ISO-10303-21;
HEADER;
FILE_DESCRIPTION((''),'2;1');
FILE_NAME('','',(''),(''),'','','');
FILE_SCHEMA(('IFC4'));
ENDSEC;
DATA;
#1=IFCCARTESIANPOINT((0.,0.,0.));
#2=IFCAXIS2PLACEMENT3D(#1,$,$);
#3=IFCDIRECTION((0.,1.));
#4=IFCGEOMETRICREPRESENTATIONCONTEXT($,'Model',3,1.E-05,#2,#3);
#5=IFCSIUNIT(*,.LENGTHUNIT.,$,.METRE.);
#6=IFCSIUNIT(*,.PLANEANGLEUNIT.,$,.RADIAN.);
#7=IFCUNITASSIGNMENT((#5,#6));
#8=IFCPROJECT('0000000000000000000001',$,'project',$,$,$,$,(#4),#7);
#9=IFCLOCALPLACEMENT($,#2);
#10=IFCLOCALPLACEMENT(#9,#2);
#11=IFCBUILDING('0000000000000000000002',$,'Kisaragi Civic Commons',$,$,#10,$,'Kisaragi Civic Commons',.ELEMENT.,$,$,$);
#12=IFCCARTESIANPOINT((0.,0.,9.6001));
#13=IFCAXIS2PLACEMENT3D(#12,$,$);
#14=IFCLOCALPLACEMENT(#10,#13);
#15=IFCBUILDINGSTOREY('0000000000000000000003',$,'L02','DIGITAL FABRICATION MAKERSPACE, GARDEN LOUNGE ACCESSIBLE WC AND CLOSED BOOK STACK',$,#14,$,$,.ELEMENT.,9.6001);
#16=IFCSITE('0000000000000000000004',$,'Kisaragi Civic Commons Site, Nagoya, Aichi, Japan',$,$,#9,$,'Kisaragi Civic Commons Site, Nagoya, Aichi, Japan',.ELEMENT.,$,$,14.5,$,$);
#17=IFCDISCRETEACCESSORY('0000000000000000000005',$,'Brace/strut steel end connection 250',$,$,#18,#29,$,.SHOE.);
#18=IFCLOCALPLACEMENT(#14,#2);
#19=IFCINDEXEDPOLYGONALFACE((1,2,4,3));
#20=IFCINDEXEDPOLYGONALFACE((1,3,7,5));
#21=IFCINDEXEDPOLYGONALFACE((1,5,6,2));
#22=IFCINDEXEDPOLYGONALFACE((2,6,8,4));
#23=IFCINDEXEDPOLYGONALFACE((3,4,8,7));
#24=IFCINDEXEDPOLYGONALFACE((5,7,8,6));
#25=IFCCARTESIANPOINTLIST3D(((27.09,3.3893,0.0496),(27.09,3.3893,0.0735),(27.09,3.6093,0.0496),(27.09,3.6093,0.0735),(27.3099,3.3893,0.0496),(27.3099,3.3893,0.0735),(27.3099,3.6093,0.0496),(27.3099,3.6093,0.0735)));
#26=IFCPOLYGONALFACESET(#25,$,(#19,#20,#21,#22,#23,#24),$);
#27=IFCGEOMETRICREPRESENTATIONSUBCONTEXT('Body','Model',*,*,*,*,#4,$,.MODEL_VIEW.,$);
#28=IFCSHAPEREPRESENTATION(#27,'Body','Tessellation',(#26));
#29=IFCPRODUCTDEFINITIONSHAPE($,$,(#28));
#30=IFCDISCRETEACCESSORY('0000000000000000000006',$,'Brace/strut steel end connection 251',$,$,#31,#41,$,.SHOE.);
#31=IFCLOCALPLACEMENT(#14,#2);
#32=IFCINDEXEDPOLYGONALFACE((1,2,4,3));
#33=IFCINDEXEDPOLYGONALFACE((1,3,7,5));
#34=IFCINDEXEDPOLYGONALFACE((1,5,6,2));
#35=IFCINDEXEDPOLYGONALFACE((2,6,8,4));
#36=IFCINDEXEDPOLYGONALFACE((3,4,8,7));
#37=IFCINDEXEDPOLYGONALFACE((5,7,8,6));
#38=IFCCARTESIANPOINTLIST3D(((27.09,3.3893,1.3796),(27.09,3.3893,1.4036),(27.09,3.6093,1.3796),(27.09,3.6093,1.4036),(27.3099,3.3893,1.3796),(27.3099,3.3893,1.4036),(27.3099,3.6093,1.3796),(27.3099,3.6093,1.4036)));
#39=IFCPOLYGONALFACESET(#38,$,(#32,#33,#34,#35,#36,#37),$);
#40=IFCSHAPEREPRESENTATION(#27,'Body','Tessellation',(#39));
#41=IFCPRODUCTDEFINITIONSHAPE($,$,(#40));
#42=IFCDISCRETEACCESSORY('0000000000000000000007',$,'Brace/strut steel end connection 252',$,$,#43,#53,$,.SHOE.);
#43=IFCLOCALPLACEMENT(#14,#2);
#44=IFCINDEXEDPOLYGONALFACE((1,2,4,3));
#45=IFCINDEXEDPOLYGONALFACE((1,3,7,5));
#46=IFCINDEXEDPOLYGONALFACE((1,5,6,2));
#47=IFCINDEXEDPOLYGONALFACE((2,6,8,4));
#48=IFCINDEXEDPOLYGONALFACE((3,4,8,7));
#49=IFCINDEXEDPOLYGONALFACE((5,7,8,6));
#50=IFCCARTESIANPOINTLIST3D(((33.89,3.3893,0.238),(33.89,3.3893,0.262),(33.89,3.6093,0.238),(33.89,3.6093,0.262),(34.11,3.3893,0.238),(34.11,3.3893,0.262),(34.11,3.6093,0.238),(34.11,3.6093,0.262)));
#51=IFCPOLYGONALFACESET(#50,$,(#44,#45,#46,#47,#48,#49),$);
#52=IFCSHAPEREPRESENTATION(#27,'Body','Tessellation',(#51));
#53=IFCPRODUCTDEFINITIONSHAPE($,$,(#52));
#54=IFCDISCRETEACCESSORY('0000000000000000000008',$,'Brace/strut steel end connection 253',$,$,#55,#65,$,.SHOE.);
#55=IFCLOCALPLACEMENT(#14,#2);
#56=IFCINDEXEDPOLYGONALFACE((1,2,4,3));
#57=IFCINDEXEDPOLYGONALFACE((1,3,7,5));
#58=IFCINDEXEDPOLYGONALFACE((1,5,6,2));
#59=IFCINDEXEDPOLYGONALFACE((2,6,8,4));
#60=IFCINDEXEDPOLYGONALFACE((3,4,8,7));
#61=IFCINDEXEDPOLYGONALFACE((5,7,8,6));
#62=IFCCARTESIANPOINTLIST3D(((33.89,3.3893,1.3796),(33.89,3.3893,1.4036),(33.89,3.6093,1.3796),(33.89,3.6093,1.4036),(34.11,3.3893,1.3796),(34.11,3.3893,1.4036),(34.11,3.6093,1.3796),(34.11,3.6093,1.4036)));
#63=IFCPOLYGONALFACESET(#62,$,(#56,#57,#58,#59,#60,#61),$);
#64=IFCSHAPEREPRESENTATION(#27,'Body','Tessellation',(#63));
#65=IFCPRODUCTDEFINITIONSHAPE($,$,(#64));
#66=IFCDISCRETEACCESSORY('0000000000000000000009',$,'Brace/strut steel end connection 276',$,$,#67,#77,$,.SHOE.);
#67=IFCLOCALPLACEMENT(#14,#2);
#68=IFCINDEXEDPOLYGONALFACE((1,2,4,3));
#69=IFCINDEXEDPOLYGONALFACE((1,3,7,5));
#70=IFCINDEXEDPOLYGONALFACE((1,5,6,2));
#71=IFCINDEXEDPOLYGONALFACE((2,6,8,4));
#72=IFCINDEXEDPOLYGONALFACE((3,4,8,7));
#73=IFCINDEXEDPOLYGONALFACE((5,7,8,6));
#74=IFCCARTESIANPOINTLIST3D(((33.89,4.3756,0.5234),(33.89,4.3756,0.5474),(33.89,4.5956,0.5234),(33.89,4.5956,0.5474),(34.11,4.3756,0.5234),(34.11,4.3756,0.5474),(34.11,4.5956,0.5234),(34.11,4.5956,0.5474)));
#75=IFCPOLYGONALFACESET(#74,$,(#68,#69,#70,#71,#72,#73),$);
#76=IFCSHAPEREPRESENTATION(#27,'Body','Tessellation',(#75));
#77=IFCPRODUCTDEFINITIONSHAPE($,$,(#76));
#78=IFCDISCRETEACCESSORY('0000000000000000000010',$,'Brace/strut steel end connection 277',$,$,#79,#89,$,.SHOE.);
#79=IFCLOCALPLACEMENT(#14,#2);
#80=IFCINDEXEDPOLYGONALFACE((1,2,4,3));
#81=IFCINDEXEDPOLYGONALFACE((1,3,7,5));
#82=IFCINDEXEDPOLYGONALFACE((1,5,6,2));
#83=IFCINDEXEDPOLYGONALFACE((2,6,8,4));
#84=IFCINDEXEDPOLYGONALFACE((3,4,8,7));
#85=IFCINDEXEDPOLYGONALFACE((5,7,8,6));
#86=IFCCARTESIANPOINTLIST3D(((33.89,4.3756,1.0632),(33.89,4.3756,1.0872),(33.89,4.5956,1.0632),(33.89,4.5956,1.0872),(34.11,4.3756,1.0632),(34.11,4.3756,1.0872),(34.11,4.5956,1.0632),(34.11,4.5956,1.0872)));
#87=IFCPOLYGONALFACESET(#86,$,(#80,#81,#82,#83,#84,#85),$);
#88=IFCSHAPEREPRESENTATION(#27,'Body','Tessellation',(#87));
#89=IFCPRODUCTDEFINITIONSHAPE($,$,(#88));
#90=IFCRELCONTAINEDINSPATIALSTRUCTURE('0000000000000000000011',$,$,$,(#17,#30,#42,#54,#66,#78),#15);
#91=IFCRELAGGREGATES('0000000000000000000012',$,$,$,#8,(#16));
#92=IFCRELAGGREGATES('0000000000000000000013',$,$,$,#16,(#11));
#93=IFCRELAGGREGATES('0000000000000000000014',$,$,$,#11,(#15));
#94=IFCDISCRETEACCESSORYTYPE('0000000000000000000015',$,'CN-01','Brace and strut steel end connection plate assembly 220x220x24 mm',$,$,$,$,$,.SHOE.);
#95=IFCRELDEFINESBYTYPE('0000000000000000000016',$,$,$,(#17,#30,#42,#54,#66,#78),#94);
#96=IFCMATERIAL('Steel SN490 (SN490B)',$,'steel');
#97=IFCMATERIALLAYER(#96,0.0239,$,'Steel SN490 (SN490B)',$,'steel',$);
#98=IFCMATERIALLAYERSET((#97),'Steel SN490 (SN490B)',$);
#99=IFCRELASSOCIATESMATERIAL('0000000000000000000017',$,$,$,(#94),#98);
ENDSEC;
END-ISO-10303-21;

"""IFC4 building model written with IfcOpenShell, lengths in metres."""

from ifc_helpers import new_model, si_unit, direction, frame, origin, origin_2d, place, context, subcontext, project, spatial, rectangle, extrude, material, layer, layer_set, type_object, element, save


model = new_model("IFC4")

# Units and contexts
model_context = context("Model", 3, precision=1e-05, world=origin(), true_north=direction((0.0, 1.0)))
body_context = subcontext(model_context, "Body", "Model", "MODEL_VIEW")
ifc_project = project(units=[si_unit("LENGTHUNIT", "METRE"), si_unit("PLANEANGLEUNIT", "RADIAN")], contexts=[model_context])

# Site, building, storey
site_placement = place(None, origin())
site = spatial("IfcSite", under=ifc_project, at=site_placement, Name="Kisaragi Civic Commons Site, Nagoya, Aichi, Japan", LongName="Kisaragi Civic Commons Site, Nagoya, Aichi, Japan", CompositionType="ELEMENT", RefElevation=14.5)
building_placement = place(site_placement, origin())
building = spatial("IfcBuilding", under=site, at=building_placement, Name="Kisaragi Civic Commons", LongName="Kisaragi Civic Commons", CompositionType="ELEMENT")
storey_placement = place(building_placement, frame((0.0, 0.0, 9.6001)))
storey = spatial("IfcBuildingStorey", under=building, at=storey_placement, Name="L02", Description="DIGITAL FABRICATION MAKERSPACE, GARDEN LOUNGE ACCESSIBLE WC AND CLOSED BOOK STACK", CompositionType="ELEMENT", Elevation=9.6001)

# Shared definitions
ifc_material_1 = material(Name="Steel SN490 (SN490B)", Category="steel")

# Discrete accessories
ifc_layer_1 = layer(ifc_material_1, 0.0239, Name="Steel SN490 (SN490B)", Category="steel")
ifc_layer_set_1 = layer_set([ifc_layer_1], Name="Steel SN490 (SN490B)")
discrete_accessory_type = type_object("IfcDiscreteAccessoryType", Name="CN-01", Description="Brace and strut steel end connection plate assembly 220x220x24 mm", PredefinedType="SHOE", material=ifc_layer_set_1)
for number, where, z_axis, x_axis, name in (
    (1, (27.2, 3.4993, 0.0496), (0.0, 0.0, 1.0), (1.0, 0.0, 0.0), "Brace/strut steel end connection 250"),
    (2, (27.2, 3.4993, 1.3796), (0.0, 0.0, 1.0), (1.0, 0.0, 0.0), "Brace/strut steel end connection 251"),
    (3, (34.0, 3.4993, 0.238), (0.0, 0.0, 1.0), (1.0, 0.0, 0.0), "Brace/strut steel end connection 252"),
    (4, (34.0, 3.4993, 1.3796), (0.0, 0.0, 1.0), (1.0, 0.0, 0.0), "Brace/strut steel end connection 253"),
    (5, (34.0, 4.4856, 0.5234), (0.0, 0.0, 1.0), (1.0, 0.0, 0.0), "Brace/strut steel end connection 276"),
    (6, (34.0, 4.4856, 1.0632), (0.0, 0.0, 1.0), (1.0, 0.0, 0.0), "Brace/strut steel end connection 277"),
):
    element("IfcDiscreteAccessory", number, at=place(storey_placement, frame(where, z_axis=z_axis, x_axis=x_axis)), inside=storey, type_object=discrete_accessory_type, Name=name, PredefinedType="SHOE", context=body_context, shape_type="SweptSolid", body=[
        extrude(rectangle(XDim=0.22, YDim=0.22, at=origin_2d()), origin(), (0.0, 0.0, 1.0), 0.0239),
    ])

save(model, "model.ifc")
